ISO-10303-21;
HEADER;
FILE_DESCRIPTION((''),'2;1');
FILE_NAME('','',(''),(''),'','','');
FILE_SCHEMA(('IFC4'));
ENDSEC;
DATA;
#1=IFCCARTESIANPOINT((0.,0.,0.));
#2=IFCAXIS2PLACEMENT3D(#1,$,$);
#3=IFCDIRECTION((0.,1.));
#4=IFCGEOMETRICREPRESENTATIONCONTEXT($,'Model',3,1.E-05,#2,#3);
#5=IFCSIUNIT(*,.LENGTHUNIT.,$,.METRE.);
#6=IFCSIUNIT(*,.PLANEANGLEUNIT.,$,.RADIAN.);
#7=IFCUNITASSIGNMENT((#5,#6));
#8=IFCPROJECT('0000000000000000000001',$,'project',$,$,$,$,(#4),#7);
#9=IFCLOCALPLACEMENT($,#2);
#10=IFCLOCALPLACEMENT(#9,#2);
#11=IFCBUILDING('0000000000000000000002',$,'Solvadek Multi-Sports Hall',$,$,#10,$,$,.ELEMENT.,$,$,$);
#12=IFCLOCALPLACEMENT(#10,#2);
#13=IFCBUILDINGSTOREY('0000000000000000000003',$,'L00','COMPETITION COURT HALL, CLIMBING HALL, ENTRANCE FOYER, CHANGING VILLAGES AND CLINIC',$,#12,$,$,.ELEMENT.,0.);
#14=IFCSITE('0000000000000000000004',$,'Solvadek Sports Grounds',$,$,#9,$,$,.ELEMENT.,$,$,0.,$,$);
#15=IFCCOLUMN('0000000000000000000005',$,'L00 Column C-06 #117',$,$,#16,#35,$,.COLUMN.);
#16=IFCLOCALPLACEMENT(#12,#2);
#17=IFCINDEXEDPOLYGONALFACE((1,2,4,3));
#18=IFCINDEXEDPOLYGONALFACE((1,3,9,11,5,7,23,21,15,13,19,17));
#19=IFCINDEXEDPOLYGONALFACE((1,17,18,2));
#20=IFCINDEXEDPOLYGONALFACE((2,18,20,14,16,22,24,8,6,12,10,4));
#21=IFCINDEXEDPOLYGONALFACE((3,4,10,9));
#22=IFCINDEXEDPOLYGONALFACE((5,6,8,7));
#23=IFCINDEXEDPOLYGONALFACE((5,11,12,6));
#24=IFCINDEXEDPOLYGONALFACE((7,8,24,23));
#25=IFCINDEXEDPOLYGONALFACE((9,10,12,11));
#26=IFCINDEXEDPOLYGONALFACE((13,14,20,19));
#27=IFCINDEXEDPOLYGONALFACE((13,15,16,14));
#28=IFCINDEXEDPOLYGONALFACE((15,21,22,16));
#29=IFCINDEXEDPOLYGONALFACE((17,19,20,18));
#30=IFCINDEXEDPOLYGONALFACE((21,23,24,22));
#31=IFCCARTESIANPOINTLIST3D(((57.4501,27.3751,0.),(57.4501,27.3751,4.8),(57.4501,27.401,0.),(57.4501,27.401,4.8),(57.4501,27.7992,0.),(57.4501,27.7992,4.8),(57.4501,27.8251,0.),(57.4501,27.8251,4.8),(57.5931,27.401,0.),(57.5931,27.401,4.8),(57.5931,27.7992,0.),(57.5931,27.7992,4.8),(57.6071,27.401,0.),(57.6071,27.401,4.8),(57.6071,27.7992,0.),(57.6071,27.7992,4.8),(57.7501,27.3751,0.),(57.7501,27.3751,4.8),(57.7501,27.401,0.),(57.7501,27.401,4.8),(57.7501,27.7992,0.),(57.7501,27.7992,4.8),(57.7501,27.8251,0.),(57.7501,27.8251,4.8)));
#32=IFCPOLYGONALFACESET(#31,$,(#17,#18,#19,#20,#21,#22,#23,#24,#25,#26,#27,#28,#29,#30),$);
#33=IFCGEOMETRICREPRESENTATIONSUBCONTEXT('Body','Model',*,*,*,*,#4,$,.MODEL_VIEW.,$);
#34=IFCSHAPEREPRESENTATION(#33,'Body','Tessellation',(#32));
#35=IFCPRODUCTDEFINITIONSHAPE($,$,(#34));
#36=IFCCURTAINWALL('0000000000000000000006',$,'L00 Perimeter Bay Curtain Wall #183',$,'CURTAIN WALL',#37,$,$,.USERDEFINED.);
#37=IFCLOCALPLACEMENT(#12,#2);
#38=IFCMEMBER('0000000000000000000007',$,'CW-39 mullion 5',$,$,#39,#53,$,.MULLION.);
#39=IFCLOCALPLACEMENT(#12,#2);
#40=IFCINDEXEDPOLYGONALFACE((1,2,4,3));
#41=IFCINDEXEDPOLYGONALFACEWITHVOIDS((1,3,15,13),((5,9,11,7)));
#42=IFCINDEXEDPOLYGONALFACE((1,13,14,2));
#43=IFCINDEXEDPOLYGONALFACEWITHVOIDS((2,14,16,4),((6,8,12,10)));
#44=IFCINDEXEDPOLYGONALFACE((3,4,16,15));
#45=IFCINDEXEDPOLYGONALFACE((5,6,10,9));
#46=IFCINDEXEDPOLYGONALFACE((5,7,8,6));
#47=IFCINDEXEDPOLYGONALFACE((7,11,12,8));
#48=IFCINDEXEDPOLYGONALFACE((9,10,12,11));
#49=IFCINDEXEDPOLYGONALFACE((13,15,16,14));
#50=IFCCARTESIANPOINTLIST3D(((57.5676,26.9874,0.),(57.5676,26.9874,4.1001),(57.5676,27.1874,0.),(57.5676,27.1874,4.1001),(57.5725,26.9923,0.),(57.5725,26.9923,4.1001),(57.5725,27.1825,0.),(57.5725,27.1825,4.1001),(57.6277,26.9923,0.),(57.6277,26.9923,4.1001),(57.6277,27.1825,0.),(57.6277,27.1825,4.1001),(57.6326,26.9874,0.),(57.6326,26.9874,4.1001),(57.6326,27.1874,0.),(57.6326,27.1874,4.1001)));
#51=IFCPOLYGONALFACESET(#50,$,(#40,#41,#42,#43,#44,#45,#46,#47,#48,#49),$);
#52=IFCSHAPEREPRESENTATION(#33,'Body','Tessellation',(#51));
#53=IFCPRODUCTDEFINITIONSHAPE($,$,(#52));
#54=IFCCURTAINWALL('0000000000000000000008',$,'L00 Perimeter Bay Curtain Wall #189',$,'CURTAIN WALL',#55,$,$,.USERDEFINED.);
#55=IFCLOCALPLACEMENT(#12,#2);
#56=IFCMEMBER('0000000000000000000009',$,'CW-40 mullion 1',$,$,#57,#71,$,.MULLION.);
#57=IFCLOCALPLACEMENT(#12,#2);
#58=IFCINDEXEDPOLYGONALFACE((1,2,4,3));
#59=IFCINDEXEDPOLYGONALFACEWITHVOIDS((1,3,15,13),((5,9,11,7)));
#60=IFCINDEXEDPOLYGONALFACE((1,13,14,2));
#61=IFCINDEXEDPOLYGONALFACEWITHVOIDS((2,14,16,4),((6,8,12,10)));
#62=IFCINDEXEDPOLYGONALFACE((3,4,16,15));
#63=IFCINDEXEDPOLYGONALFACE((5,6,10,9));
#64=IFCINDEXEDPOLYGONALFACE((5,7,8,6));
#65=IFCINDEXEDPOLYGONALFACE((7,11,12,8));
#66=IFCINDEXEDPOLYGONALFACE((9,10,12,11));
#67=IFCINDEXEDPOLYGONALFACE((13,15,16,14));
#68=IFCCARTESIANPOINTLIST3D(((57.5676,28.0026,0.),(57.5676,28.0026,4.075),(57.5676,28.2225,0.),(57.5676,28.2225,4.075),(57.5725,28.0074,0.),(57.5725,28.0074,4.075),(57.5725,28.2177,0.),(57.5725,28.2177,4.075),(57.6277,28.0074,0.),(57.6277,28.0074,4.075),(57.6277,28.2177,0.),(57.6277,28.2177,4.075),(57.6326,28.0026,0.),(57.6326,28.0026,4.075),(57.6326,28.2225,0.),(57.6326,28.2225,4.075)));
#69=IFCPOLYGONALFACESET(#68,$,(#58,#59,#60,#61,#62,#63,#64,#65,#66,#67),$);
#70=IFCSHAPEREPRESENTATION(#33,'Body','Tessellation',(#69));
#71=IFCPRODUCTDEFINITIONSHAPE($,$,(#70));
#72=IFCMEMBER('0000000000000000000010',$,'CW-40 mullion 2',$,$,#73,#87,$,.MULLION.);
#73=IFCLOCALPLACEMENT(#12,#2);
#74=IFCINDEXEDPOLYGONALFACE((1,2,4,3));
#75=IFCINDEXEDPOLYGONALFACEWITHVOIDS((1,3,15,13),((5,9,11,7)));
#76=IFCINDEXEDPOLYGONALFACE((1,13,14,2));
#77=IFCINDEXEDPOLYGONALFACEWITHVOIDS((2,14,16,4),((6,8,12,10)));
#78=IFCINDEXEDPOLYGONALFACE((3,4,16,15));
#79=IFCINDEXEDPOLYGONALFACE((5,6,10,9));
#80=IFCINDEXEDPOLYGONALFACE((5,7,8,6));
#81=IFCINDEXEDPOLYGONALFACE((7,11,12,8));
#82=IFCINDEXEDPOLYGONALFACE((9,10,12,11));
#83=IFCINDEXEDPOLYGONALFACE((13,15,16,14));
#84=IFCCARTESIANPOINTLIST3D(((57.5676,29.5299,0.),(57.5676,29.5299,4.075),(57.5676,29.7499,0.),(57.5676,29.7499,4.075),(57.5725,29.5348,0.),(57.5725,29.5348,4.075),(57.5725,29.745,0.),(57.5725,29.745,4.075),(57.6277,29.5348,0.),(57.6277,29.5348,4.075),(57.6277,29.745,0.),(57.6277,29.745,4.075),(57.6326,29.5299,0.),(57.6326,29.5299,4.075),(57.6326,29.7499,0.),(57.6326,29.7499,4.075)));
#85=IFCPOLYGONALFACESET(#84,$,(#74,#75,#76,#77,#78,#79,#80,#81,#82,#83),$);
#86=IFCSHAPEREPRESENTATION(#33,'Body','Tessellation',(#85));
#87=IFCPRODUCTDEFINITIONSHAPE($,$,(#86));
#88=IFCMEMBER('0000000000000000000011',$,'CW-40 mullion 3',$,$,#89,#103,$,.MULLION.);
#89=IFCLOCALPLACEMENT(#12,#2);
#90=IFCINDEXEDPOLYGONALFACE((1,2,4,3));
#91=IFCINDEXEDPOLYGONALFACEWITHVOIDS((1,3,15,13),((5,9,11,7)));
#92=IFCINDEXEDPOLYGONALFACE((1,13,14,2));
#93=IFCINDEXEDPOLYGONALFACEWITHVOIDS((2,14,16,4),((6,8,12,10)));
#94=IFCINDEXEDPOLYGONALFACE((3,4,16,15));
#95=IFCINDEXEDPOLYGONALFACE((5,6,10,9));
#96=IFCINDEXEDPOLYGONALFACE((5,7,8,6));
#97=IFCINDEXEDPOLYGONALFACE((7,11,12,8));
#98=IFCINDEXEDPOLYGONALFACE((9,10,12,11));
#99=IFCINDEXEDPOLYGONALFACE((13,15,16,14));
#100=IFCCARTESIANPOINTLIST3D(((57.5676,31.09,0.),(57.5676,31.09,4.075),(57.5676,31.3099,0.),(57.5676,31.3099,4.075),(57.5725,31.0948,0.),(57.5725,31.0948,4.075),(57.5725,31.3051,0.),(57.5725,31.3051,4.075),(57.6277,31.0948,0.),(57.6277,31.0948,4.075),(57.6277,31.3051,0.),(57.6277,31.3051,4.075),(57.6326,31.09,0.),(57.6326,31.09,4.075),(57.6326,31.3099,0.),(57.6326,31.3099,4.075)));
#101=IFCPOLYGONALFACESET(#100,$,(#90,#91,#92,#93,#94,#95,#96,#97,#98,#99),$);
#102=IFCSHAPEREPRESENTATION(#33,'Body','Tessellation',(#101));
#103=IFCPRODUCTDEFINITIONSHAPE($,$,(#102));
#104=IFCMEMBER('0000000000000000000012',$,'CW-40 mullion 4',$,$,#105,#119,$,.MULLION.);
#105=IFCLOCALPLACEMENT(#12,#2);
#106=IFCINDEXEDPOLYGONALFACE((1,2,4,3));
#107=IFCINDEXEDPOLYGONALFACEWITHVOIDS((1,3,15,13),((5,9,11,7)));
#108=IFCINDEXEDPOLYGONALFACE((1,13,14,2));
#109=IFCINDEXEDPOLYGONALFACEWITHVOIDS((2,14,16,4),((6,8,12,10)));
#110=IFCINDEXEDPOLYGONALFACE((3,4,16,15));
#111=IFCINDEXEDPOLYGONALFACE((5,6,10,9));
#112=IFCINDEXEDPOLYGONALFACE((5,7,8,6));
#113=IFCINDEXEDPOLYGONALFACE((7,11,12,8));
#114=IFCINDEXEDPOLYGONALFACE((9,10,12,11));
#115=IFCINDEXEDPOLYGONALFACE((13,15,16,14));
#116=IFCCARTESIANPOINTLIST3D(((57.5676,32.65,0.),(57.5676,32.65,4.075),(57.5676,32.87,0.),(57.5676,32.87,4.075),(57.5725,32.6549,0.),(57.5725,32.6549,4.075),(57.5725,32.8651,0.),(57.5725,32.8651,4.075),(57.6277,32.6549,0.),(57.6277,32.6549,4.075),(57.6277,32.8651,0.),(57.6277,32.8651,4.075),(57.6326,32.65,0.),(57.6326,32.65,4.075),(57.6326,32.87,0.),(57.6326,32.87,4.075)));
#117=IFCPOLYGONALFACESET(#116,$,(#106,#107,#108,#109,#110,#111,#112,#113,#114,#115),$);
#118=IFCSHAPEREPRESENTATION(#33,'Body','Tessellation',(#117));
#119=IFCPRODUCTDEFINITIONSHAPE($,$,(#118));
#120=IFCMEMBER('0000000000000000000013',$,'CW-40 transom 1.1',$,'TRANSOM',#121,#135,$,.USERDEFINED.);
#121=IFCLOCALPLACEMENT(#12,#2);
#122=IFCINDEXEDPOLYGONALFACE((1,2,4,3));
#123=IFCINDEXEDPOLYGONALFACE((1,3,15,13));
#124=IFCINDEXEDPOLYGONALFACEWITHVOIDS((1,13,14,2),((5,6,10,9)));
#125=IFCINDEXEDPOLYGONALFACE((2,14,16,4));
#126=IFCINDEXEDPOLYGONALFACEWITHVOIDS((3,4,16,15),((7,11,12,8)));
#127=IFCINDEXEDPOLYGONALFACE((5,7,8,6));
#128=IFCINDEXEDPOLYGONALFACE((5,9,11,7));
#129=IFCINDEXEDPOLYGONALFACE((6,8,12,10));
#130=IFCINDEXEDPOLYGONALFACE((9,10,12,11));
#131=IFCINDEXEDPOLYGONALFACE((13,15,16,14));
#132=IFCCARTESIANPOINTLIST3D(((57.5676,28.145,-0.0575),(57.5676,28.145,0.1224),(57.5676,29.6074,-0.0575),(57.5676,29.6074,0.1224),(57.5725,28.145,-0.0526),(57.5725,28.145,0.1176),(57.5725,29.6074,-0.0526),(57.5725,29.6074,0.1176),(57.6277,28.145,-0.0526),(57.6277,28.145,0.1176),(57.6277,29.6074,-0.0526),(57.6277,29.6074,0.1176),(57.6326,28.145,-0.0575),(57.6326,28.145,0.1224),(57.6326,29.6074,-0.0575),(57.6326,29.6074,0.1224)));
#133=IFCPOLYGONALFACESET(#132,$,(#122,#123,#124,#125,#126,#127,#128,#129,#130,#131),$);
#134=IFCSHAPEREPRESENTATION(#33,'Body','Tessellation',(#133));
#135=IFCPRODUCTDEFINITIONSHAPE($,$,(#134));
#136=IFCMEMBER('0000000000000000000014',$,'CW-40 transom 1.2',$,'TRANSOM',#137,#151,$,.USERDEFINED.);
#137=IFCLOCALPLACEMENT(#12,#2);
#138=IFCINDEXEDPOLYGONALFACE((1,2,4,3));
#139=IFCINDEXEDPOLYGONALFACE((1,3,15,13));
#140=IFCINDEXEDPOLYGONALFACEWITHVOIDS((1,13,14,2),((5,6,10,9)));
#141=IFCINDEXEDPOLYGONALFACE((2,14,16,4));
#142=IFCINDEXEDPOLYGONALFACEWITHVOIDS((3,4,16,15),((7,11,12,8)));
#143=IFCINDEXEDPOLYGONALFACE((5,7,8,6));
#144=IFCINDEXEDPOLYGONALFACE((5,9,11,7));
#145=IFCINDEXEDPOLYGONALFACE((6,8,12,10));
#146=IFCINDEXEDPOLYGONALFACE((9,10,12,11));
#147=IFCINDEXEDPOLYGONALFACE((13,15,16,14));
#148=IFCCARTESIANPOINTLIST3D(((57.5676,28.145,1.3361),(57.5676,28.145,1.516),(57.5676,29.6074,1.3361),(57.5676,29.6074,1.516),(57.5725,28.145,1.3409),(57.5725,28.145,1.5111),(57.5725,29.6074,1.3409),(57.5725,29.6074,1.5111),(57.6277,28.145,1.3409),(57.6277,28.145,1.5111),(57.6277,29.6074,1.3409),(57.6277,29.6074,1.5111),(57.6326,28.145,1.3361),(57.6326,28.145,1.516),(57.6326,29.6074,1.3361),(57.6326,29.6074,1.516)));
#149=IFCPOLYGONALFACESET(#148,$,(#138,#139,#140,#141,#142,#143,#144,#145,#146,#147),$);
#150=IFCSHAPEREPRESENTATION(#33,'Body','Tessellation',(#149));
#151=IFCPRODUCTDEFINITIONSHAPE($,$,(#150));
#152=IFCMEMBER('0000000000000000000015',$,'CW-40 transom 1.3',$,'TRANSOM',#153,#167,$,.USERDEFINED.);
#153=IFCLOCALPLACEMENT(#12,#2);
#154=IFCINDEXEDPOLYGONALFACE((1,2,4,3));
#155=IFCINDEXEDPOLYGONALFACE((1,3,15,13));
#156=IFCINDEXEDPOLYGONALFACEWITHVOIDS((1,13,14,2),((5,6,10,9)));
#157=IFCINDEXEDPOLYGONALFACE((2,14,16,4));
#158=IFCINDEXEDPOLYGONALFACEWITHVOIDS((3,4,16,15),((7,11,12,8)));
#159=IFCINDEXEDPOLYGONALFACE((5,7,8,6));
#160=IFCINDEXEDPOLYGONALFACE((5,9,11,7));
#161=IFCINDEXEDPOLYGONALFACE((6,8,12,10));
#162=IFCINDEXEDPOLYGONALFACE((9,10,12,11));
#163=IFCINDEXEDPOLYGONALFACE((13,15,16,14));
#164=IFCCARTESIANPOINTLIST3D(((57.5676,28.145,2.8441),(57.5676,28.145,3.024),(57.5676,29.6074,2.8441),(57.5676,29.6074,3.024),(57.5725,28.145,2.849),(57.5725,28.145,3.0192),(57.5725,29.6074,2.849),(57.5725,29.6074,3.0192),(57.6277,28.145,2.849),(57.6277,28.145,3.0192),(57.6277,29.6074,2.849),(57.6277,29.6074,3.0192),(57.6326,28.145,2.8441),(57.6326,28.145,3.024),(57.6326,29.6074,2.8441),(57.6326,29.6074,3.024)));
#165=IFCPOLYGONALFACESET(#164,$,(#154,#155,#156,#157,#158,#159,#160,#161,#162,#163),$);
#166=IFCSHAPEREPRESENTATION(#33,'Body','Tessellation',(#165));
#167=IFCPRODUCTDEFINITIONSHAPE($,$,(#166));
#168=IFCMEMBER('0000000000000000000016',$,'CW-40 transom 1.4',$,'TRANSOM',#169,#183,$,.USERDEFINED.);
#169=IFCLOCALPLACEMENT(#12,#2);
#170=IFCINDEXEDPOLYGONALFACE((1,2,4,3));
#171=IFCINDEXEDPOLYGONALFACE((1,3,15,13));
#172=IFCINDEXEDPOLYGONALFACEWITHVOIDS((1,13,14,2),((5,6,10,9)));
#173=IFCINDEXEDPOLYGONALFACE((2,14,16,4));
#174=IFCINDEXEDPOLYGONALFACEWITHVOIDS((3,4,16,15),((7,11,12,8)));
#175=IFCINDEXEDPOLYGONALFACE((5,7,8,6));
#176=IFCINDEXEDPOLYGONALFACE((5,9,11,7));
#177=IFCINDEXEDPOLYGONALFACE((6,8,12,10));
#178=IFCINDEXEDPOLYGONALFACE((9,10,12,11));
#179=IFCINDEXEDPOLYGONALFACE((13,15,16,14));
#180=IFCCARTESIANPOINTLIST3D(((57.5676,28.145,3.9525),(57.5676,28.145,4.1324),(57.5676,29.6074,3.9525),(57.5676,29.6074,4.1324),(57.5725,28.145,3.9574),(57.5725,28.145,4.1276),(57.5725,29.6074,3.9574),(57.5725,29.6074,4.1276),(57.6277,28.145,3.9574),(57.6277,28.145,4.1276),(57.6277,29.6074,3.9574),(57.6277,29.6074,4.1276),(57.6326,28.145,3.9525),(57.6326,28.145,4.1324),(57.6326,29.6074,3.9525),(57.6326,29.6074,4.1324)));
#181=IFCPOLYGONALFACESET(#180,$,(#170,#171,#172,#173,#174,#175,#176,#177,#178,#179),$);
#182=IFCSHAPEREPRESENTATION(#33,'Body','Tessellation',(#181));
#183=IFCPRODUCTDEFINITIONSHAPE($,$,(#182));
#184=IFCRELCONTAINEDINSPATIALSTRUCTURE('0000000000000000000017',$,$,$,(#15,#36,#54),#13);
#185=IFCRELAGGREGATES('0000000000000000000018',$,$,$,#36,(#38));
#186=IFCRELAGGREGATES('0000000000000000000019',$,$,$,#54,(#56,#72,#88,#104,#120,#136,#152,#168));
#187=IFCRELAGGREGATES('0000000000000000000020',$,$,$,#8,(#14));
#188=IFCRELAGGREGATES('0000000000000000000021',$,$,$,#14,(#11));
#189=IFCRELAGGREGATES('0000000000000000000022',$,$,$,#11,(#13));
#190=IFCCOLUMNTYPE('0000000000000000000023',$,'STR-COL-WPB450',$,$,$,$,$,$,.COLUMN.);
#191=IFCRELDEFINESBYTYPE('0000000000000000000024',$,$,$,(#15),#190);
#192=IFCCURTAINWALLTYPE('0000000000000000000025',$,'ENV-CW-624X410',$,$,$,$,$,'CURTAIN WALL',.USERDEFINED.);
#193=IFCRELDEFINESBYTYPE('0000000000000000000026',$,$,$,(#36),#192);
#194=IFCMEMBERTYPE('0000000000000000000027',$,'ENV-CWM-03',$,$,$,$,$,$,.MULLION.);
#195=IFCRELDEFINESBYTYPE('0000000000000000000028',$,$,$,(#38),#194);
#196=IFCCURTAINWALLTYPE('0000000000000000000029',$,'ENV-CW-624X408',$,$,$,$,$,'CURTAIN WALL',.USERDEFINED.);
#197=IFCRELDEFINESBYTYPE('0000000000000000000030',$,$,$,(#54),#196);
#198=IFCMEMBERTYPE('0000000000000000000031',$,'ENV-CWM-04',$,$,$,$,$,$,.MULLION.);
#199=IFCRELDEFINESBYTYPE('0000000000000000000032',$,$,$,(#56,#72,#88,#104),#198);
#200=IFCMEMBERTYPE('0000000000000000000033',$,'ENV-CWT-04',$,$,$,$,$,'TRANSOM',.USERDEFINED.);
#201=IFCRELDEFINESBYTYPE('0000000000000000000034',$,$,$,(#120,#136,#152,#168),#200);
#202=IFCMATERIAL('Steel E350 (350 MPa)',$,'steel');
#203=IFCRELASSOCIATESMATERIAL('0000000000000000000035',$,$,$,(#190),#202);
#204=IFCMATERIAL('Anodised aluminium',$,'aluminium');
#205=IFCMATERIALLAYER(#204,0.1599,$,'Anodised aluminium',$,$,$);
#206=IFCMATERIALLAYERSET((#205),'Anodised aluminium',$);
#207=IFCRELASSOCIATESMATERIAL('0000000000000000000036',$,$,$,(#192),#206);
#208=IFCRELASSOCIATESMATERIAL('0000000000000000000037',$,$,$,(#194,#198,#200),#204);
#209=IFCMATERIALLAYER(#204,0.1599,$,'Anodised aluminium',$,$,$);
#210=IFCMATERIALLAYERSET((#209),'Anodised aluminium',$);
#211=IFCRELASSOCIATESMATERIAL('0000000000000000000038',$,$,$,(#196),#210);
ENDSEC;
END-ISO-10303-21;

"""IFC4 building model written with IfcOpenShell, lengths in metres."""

from ifc_helpers import new_model, si_unit, direction, frame, origin, origin_2d, place, context, subcontext, project, spatial, hollow_rectangle, i_section, extrude, material, layer, layer_set, material_profile, profile_set, type_object, element, aggregate, save


model = new_model("IFC4")

# Units and contexts
model_context = context("Model", 3, precision=1e-05, world=origin(), true_north=direction((0.0, 1.0)))
body_context = subcontext(model_context, "Body", "Model", "MODEL_VIEW")
ifc_project = project(units=[si_unit("LENGTHUNIT", "METRE"), si_unit("PLANEANGLEUNIT", "RADIAN")], contexts=[model_context])

# Site, building, storey
site_placement = place(None, origin())
site = spatial("IfcSite", under=ifc_project, at=site_placement, Name="Solvadek Sports Grounds", CompositionType="ELEMENT", RefElevation=0.0)
building_placement = place(site_placement, origin())
building = spatial("IfcBuilding", under=site, at=building_placement, Name="Solvadek Multi-Sports Hall", CompositionType="ELEMENT")
storey_placement = place(building_placement, origin())
storey = spatial("IfcBuildingStorey", under=building, at=storey_placement, Name="L00", Description="COMPETITION COURT HALL, CLIMBING HALL, ENTRANCE FOYER, CHANGING VILLAGES AND CLINIC", CompositionType="ELEMENT", Elevation=0.0)

# Column
ifc_material_1 = material(Name="Steel E350 (350 MPa)", Category="steel")
ifc_material_profile_1 = material_profile(ifc_material_1, i_section(OverallWidth=0.3, OverallDepth=0.45, WebThickness=0.0139, FlangeThickness=0.0259, at=origin_2d()), Name="WPB 450")
ifc_profile_set_1 = profile_set([ifc_material_profile_1], Name="Steel E350 (350 MPa)")
column_type = type_object("IfcColumnType", Name="STR-COL-WPB450", PredefinedType="COLUMN", material=ifc_profile_set_1)
column_placement = place(storey_placement, frame((57.6001, 27.6001, 0.0), z_axis=(0.0, 0.0, 1.0), x_axis=(1.0, 0.0, 0.0)))
element("IfcColumn", 1, at=column_placement, inside=storey, type_object=column_type, Name="L00 Column C-06 #117", PredefinedType="COLUMN", context=body_context, shape_type="SweptSolid", body=[
    extrude(i_section(OverallWidth=0.3, OverallDepth=0.45, WebThickness=0.0139, FlangeThickness=0.0259, at=origin_2d()), origin(), (0.0, 0.0, 1.0), 4.8),
])

# Curtain wall, member
ifc_material_2 = material(Name="Anodised aluminium", Category="aluminium")
ifc_layer_1 = layer(ifc_material_2, 0.1599, Name="Anodised aluminium")
ifc_layer_set_1 = layer_set([ifc_layer_1], Name="Anodised aluminium")
curtain_wall_type_1 = type_object("IfcCurtainWallType", Name="ENV-CW-624X410", ElementType="CURTAIN WALL", PredefinedType="USERDEFINED", material=ifc_layer_set_1)
curtain_wall_1_placement = place(storey_placement, origin())
curtain_wall_1 = element("IfcCurtainWall", 2, at=curtain_wall_1_placement, inside=storey, type_object=curtain_wall_type_1, Name="L00 Perimeter Bay Curtain Wall #183", ObjectType="CURTAIN WALL", PredefinedType="USERDEFINED")
ifc_material_profile_2 = material_profile(ifc_material_2, hollow_rectangle(XDim=0.0649, YDim=0.2, WallThickness=0.0049, at=origin_2d()), Name="ALU-M 200x65x5")
ifc_profile_set_2 = profile_set([ifc_material_profile_2], Name="Anodised aluminium")
member_type_1 = type_object("IfcMemberType", Name="ENV-CWM-03", PredefinedType="MULLION", material=ifc_profile_set_2)
member_1_placement = place(storey_placement, frame((57.6001, 27.0874, 0.0), z_axis=(0.0, 0.0, 1.0), x_axis=(-1.0, 0.0, 0.0)))
member_1 = element("IfcMember", 3, at=member_1_placement, type_object=member_type_1, Name="CW-39 mullion 5", PredefinedType="MULLION", context=body_context, shape_type="SweptSolid", body=[
    extrude(hollow_rectangle(XDim=0.0649, YDim=0.2, WallThickness=0.0049, at=origin_2d()), origin(), (0.0, 0.0, 1.0), 4.1001),
])

# Curtain wall, members
ifc_layer_2 = layer(ifc_material_2, 0.1599, Name="Anodised aluminium")
ifc_layer_set_2 = layer_set([ifc_layer_2], Name="Anodised aluminium")
curtain_wall_type_2 = type_object("IfcCurtainWallType", Name="ENV-CW-624X408", ElementType="CURTAIN WALL", PredefinedType="USERDEFINED", material=ifc_layer_set_2)
curtain_wall_2_placement = place(storey_placement, origin())
curtain_wall_2 = element("IfcCurtainWall", 4, at=curtain_wall_2_placement, inside=storey, type_object=curtain_wall_type_2, Name="L00 Perimeter Bay Curtain Wall #189", ObjectType="CURTAIN WALL", PredefinedType="USERDEFINED")
ifc_material_profile_3 = material_profile(ifc_material_2, hollow_rectangle(XDim=0.0649, YDim=0.22, WallThickness=0.0049, at=origin_2d()), Name="ALU-M 220x65x5")
ifc_profile_set_3 = profile_set([ifc_material_profile_3], Name="Anodised aluminium")
member_type_2 = type_object("IfcMemberType", Name="ENV-CWM-04", PredefinedType="MULLION", material=ifc_profile_set_3)
member_2_placement = place(storey_placement, frame((57.6001, 28.1125, 0.0), z_axis=(0.0, 0.0, 1.0), x_axis=(-1.0, 0.0, 0.0)))
member_2 = element("IfcMember", 5, at=member_2_placement, type_object=member_type_2, Name="CW-40 mullion 1", PredefinedType="MULLION", context=body_context, shape_type="SweptSolid", body=[
    extrude(hollow_rectangle(XDim=0.0649, YDim=0.22, WallThickness=0.0049, at=origin_2d()), origin(), (0.0, 0.0, 1.0), 4.075),
])
member_3_placement = place(storey_placement, frame((57.6001, 29.6399, 0.0), z_axis=(0.0, 0.0, 1.0), x_axis=(-1.0, 0.0, 0.0)))
member_3 = element("IfcMember", 6, at=member_3_placement, type_object=member_type_2, Name="CW-40 mullion 2", PredefinedType="MULLION", context=body_context, shape_type="SweptSolid", body=[
    extrude(hollow_rectangle(XDim=0.0649, YDim=0.22, WallThickness=0.0049, at=origin_2d()), origin(), (0.0, 0.0, 1.0), 4.075),
])
member_4_placement = place(storey_placement, frame((57.6001, 31.2, 0.0), z_axis=(0.0, 0.0, 1.0), x_axis=(-1.0, 0.0, 0.0)))
member_4 = element("IfcMember", 7, at=member_4_placement, type_object=member_type_2, Name="CW-40 mullion 3", PredefinedType="MULLION", context=body_context, shape_type="SweptSolid", body=[
    extrude(hollow_rectangle(XDim=0.0649, YDim=0.22, WallThickness=0.0049, at=origin_2d()), origin(), (0.0, 0.0, 1.0), 4.075),
])
member_5_placement = place(storey_placement, frame((57.6001, 32.76, 0.0), z_axis=(0.0, 0.0, 1.0), x_axis=(-1.0, 0.0, 0.0)))
member_5 = element("IfcMember", 8, at=member_5_placement, type_object=member_type_2, Name="CW-40 mullion 4", PredefinedType="MULLION", context=body_context, shape_type="SweptSolid", body=[
    extrude(hollow_rectangle(XDim=0.0649, YDim=0.22, WallThickness=0.0049, at=origin_2d()), origin(), (0.0, 0.0, 1.0), 4.075),
])
ifc_material_profile_4 = material_profile(ifc_material_2, hollow_rectangle(XDim=0.0649, YDim=0.1799, WallThickness=0.0049, at=origin_2d()), Name="ALU-T 180x65x5")
ifc_profile_set_4 = profile_set([ifc_material_profile_4], Name="Anodised aluminium")
member_type_3 = type_object("IfcMemberType", Name="ENV-CWT-04", ElementType="TRANSOM", PredefinedType="USERDEFINED", material=ifc_profile_set_4)
member_6_placement = place(storey_placement, frame((57.6001, 28.145, 0.0325), z_axis=(0.0, 1.0, 0.0), x_axis=(-1.0, 0.0, 0.0)))
member_6 = element("IfcMember", 9, at=member_6_placement, type_object=member_type_3, Name="CW-40 transom 1.1", ObjectType="TRANSOM", PredefinedType="USERDEFINED", context=body_context, shape_type="SweptSolid", body=[
    extrude(hollow_rectangle(XDim=0.0649, YDim=0.1799, WallThickness=0.0049, at=origin_2d()), origin(), (0.0, 0.0, 1.0), 1.4624),
])
member_7_placement = place(storey_placement, frame((57.6001, 28.145, 1.426), z_axis=(0.0, 1.0, 0.0), x_axis=(-1.0, 0.0, 0.0)))
member_7 = element("IfcMember", 10, at=member_7_placement, type_object=member_type_3, Name="CW-40 transom 1.2", ObjectType="TRANSOM", PredefinedType="USERDEFINED", context=body_context, shape_type="SweptSolid", body=[
    extrude(hollow_rectangle(XDim=0.0649, YDim=0.1799, WallThickness=0.0049, at=origin_2d()), origin(), (0.0, 0.0, 1.0), 1.4624),
])
member_8_placement = place(storey_placement, frame((57.6001, 28.145, 2.9341), z_axis=(0.0, 1.0, 0.0), x_axis=(-1.0, 0.0, 0.0)))
member_8 = element("IfcMember", 11, at=member_8_placement, type_object=member_type_3, Name="CW-40 transom 1.3", ObjectType="TRANSOM", PredefinedType="USERDEFINED", context=body_context, shape_type="SweptSolid", body=[
    extrude(hollow_rectangle(XDim=0.0649, YDim=0.1799, WallThickness=0.0049, at=origin_2d()), origin(), (0.0, 0.0, 1.0), 1.4624),
])
member_9_placement = place(storey_placement, frame((57.6001, 28.145, 4.0425), z_axis=(0.0, 1.0, 0.0), x_axis=(-1.0, 0.0, 0.0)))
member_9 = element("IfcMember", 12, at=member_9_placement, type_object=member_type_3, Name="CW-40 transom 1.4", ObjectType="TRANSOM", PredefinedType="USERDEFINED", context=body_context, shape_type="SweptSolid", body=[
    extrude(hollow_rectangle(XDim=0.0649, YDim=0.1799, WallThickness=0.0049, at=origin_2d()), origin(), (0.0, 0.0, 1.0), 1.4624),
])

aggregate(curtain_wall_1, [member_1])
aggregate(curtain_wall_2, [member_2, member_3, member_4, member_5, member_6, member_7, member_8, member_9])

save(model, "model.ifc")
